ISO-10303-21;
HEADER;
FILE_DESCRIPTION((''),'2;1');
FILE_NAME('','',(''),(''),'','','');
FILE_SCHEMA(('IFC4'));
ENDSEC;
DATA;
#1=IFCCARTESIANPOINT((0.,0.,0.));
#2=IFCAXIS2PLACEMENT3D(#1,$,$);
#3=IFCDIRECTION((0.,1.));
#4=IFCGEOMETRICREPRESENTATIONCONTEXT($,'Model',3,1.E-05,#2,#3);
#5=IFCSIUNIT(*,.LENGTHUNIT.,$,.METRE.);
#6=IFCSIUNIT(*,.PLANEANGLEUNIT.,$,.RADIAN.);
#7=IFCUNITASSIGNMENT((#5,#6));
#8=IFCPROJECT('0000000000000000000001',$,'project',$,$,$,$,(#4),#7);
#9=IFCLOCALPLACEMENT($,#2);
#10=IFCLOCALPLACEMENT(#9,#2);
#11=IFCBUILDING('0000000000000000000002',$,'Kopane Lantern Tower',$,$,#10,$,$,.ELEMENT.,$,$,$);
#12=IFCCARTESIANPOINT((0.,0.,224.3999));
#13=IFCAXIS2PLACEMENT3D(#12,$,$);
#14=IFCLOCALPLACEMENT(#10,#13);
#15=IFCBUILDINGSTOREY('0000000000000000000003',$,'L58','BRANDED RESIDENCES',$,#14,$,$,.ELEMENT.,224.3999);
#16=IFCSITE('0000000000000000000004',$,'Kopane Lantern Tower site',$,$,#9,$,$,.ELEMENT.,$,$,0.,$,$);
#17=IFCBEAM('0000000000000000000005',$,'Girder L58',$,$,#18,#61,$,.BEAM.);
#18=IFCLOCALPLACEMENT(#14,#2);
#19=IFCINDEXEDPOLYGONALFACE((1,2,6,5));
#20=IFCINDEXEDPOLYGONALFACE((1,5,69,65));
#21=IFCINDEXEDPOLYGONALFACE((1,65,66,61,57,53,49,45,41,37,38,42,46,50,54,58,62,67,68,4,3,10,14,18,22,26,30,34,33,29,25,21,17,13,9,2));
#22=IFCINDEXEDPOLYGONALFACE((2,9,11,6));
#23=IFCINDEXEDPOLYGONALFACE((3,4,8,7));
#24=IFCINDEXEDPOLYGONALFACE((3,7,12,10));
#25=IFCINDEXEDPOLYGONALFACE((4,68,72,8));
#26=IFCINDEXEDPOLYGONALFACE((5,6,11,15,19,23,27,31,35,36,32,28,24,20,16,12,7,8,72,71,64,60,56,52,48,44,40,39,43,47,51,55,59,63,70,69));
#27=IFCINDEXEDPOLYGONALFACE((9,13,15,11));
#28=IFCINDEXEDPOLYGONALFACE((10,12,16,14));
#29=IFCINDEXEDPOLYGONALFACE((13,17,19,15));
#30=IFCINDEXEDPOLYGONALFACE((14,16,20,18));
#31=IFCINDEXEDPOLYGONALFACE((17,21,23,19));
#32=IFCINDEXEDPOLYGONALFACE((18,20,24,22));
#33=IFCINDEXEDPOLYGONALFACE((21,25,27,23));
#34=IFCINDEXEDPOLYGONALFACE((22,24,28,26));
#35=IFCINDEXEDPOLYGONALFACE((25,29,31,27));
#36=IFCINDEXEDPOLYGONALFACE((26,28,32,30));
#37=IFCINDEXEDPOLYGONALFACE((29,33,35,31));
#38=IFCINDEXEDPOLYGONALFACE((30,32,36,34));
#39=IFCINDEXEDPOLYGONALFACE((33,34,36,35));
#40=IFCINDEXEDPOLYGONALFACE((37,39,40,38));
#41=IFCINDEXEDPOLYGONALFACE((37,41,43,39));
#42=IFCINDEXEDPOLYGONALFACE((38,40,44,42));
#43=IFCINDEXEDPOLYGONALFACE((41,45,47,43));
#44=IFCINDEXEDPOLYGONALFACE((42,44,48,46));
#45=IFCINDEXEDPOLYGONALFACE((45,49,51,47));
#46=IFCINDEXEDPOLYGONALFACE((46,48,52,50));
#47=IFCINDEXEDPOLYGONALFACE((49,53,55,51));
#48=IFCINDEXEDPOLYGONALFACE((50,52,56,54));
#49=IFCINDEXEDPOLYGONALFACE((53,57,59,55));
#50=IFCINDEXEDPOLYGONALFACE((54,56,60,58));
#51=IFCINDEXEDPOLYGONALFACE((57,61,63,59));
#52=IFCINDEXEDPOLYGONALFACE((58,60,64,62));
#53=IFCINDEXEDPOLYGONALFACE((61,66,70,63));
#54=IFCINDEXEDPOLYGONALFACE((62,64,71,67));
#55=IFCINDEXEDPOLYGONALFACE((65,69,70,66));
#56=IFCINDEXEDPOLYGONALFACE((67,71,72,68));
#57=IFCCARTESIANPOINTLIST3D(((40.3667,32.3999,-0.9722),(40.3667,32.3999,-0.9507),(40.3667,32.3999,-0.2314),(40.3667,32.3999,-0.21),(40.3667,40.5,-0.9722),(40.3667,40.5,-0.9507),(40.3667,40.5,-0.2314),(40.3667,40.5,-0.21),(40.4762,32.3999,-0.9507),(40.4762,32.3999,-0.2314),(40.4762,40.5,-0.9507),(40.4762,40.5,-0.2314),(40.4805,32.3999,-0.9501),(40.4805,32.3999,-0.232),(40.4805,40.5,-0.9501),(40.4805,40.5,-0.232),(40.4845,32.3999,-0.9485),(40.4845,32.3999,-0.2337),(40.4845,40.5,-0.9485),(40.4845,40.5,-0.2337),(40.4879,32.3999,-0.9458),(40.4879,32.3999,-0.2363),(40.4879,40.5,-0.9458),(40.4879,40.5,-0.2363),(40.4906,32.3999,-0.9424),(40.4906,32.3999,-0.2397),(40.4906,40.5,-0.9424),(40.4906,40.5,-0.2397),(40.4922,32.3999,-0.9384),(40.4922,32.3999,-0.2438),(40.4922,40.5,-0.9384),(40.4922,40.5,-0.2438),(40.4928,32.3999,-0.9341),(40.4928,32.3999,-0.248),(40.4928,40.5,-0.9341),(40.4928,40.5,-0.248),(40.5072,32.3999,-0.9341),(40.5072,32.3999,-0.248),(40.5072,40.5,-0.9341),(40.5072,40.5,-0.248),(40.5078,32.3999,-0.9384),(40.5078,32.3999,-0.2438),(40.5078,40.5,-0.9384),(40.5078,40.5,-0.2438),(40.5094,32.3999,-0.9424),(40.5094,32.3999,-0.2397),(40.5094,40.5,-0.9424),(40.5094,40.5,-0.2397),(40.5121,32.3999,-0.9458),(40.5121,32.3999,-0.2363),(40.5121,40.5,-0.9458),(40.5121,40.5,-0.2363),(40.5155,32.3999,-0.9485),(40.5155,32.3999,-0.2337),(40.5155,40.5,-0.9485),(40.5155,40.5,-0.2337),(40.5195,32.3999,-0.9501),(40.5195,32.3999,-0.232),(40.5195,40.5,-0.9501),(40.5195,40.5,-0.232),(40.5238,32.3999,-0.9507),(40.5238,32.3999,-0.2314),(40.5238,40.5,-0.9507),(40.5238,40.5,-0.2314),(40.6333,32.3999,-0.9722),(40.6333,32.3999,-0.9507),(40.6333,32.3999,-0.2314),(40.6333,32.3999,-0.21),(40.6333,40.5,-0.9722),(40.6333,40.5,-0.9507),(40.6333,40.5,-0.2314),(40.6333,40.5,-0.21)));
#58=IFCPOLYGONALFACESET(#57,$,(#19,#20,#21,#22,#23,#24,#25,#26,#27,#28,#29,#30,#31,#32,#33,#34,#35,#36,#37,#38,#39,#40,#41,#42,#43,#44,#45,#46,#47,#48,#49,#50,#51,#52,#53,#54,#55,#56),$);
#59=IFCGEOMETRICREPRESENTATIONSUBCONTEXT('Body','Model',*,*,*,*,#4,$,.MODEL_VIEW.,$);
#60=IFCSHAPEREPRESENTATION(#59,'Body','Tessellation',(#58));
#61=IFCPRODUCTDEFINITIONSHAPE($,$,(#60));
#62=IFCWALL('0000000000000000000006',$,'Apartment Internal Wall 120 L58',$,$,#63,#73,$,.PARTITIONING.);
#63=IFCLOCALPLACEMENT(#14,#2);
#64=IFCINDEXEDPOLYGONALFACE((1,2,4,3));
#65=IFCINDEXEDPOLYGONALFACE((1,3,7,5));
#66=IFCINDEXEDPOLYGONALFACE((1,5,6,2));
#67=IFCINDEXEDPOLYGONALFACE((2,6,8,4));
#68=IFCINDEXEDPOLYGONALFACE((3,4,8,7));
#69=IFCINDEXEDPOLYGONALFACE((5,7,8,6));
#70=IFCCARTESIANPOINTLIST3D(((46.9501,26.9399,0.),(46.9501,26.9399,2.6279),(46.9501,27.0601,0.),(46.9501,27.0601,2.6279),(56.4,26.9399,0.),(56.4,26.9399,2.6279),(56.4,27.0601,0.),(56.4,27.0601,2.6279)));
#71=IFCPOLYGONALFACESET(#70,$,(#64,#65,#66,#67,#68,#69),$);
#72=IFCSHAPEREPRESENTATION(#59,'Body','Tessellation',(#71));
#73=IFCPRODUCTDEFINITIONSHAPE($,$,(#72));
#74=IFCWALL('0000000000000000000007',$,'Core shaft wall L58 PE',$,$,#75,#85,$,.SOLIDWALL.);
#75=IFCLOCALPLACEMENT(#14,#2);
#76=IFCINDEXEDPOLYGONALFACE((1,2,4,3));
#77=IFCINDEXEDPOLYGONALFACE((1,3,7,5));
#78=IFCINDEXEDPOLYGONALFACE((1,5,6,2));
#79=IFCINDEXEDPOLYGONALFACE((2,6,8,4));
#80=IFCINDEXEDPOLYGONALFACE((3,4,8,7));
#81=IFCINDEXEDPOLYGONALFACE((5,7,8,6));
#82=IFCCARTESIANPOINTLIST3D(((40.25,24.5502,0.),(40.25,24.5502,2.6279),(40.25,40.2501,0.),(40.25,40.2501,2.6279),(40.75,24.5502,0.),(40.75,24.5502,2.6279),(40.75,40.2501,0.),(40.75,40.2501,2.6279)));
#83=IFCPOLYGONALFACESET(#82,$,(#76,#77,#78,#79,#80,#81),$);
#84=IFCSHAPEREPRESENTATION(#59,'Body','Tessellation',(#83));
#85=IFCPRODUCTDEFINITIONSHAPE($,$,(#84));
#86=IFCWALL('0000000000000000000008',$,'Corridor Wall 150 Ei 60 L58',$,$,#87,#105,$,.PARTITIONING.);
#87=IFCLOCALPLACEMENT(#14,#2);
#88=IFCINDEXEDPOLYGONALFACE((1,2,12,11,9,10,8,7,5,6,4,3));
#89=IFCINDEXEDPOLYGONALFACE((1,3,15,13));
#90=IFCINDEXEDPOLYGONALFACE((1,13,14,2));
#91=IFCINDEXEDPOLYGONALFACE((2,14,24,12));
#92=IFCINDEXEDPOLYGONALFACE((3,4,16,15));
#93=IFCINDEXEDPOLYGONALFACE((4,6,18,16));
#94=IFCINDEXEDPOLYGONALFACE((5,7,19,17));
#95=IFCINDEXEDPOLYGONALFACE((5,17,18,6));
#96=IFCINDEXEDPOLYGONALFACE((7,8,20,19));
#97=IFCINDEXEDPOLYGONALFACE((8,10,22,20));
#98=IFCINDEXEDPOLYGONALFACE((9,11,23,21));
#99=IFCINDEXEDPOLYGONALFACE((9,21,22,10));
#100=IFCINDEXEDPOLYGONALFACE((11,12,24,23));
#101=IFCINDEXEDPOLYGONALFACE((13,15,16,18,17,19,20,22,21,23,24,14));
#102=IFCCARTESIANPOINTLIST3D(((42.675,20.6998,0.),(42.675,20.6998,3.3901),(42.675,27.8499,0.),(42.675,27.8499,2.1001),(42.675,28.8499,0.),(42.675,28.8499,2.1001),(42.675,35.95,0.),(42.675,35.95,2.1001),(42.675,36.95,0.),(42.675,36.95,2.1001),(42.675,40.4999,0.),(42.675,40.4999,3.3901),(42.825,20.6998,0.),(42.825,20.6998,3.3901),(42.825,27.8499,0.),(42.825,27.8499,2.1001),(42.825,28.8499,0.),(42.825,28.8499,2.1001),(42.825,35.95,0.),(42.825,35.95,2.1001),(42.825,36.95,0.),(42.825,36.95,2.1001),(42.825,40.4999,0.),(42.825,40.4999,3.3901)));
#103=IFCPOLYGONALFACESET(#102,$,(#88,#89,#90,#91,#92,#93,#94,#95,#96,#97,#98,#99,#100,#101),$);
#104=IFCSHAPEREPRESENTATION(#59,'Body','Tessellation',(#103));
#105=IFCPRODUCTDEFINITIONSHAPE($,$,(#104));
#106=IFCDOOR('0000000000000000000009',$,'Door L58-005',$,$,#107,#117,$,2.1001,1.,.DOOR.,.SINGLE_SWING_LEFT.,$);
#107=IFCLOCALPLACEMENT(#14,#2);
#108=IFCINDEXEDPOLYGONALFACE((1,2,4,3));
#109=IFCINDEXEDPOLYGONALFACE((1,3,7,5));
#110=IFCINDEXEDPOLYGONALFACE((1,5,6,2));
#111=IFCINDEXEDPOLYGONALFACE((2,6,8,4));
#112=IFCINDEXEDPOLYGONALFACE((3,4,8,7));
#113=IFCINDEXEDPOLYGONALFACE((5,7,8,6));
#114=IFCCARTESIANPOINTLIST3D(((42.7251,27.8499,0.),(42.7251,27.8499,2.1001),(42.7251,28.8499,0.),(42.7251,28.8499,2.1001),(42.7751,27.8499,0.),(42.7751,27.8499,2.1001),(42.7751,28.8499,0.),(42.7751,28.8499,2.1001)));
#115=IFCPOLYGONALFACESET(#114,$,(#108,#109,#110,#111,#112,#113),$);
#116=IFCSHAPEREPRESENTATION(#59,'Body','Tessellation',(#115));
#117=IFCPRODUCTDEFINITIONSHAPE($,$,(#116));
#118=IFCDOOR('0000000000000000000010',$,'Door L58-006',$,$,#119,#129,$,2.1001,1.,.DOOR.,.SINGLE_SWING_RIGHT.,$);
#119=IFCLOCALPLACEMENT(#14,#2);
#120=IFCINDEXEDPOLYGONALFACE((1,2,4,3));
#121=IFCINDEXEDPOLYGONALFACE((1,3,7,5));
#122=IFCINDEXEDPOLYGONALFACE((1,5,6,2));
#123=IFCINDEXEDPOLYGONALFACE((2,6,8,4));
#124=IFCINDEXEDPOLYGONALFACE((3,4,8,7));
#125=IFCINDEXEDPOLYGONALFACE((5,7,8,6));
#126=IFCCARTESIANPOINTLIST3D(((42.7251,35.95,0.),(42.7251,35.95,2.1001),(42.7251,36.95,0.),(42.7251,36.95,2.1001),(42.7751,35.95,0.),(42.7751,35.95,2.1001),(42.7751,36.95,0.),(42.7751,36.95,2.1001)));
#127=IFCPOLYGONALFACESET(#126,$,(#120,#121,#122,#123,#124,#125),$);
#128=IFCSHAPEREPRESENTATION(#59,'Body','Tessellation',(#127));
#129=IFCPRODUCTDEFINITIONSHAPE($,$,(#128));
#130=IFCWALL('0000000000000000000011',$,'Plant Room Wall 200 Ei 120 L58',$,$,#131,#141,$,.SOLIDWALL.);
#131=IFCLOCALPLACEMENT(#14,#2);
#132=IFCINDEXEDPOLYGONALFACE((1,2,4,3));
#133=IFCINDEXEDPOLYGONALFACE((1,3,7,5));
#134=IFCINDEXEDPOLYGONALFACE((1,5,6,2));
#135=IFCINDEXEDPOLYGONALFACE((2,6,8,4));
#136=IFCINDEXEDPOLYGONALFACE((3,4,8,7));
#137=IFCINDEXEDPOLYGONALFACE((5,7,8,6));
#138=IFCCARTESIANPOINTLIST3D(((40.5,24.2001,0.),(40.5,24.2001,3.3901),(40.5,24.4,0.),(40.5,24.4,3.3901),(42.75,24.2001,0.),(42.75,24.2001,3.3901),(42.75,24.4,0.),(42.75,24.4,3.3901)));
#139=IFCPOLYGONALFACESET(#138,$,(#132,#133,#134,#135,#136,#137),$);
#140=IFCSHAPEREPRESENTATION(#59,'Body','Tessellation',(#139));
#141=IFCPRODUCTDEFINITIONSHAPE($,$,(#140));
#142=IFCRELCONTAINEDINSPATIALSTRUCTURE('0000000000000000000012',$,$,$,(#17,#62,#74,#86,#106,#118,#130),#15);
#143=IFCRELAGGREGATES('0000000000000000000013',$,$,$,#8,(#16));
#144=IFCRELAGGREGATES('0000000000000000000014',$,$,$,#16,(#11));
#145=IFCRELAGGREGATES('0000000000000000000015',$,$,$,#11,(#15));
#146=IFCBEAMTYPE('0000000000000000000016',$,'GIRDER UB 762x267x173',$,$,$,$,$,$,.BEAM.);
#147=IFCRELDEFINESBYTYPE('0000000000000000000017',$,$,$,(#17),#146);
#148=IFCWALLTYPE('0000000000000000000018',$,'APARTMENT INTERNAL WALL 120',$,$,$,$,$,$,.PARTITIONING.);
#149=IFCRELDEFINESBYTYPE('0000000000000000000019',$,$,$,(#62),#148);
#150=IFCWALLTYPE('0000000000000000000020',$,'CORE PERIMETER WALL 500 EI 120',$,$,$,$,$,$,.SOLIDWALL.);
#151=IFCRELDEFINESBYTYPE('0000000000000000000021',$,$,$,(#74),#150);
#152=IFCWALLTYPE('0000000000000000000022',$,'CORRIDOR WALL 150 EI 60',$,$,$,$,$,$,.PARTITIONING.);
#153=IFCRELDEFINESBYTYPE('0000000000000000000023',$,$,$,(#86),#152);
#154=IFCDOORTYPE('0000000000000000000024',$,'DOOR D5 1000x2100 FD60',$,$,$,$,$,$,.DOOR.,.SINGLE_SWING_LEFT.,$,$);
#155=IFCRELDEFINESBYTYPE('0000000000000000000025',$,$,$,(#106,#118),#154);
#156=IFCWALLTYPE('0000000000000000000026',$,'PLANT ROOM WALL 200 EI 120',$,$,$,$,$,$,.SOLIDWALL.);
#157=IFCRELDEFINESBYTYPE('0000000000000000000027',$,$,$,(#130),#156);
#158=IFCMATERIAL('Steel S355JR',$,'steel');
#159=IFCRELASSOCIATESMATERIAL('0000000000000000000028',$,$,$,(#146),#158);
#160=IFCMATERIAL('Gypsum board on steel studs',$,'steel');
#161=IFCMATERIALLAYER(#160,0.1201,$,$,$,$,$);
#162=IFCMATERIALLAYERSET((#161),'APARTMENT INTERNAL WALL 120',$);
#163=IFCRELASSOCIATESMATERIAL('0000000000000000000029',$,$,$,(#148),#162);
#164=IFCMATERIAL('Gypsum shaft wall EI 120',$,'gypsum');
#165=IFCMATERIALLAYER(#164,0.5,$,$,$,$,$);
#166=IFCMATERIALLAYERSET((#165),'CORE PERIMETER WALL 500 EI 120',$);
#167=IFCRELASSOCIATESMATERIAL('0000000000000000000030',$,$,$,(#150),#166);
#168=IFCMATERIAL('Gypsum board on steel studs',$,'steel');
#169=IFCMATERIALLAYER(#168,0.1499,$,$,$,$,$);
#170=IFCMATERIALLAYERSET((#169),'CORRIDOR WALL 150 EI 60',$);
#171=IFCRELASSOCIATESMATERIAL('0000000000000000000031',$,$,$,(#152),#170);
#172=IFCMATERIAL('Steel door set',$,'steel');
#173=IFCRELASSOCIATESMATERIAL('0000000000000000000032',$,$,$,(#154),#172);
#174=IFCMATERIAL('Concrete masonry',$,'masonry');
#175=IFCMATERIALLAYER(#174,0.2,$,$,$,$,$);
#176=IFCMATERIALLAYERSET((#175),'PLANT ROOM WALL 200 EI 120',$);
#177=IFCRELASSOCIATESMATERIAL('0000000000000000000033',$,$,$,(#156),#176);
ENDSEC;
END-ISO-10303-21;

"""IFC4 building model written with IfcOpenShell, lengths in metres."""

from ifc_helpers import new_model, si_unit, direction, frame, frame_2d, origin, origin_2d, place, context, subcontext, project, spatial, rectangle, i_section, extrude, material, layer, layer_set, material_profile, profile_set, type_object, element, fill, save


model = new_model("IFC4")

# Units and contexts
model_context = context("Model", 3, precision=1e-05, world=origin(), true_north=direction((0.0, 1.0)))
body_context = subcontext(model_context, "Body", "Model", "MODEL_VIEW")
ifc_project = project(units=[si_unit("LENGTHUNIT", "METRE"), si_unit("PLANEANGLEUNIT", "RADIAN")], contexts=[model_context])

# Site, building, storey
site_placement = place(None, origin())
site = spatial("IfcSite", under=ifc_project, at=site_placement, Name="Kopane Lantern Tower site", CompositionType="ELEMENT", RefElevation=0.0)
building_placement = place(site_placement, origin())
building = spatial("IfcBuilding", under=site, at=building_placement, Name="Kopane Lantern Tower", CompositionType="ELEMENT")
storey_placement = place(building_placement, frame((0.0, 0.0, 224.3999)))
storey = spatial("IfcBuildingStorey", under=building, at=storey_placement, Name="L58", Description="BRANDED RESIDENCES", CompositionType="ELEMENT", Elevation=224.3999)

# Beam
ifc_material_1 = material(Name="Steel S355JR", Category="steel")
ifc_material_profile_1 = material_profile(ifc_material_1, i_section(OverallWidth=0.2666, OverallDepth=0.7622, WebThickness=0.0144, FlangeThickness=0.0215, FilletRadius=0.0166, at=origin_2d()), Name="UB 762x267x173")
ifc_profile_set_1 = profile_set([ifc_material_profile_1], Name="Steel S355JR")
beam_type = type_object("IfcBeamType", Name="GIRDER UB 762x267x173", PredefinedType="BEAM", material=ifc_profile_set_1)
for number, where, z_axis, x_axis, name in (
    (1, (40.5, 32.3999, -0.5911), (0.0, 1.0, 0.0), (-1.0, 0.0, 0.0), "Girder L58"),
):
    element("IfcBeam", number, at=place(storey_placement, frame(where, z_axis=z_axis, x_axis=x_axis)), inside=storey, type_object=beam_type, Name=name, PredefinedType="BEAM", context=body_context, shape_type="SweptSolid", body=[
        extrude(i_section(OverallWidth=0.2666, OverallDepth=0.7622, WebThickness=0.0144, FlangeThickness=0.0215, FilletRadius=0.0166, at=origin_2d()), origin(), (0.0, 0.0, 1.0), 8.1001),
    ])

# Walls
ifc_material_2 = material(Name="Gypsum board on steel studs", Category="steel")
ifc_layer_1 = layer(ifc_material_2, 0.1201)
ifc_layer_set_1 = layer_set([ifc_layer_1], Name="APARTMENT INTERNAL WALL 120")
wall_type_1 = type_object("IfcWallType", Name="APARTMENT INTERNAL WALL 120", PredefinedType="PARTITIONING", material=ifc_layer_set_1)
wall_1_placement = place(storey_placement, frame((46.95, 27.0, 0.0), z_axis=(0.0, 0.0, 1.0), x_axis=(1.0, 0.0, 0.0)))
element("IfcWall", 2, at=wall_1_placement, inside=storey, type_object=wall_type_1, Name="Apartment Internal Wall 120 L58", PredefinedType="PARTITIONING", context=body_context, shape_type="SweptSolid", body=[
    extrude(rectangle(XDim=9.45, YDim=0.1201, at=frame_2d((4.7251, 0.0))), origin(), (0.0, 0.0, 1.0), 2.6279),
])
ifc_material_3 = material(Name="Gypsum shaft wall EI 120", Category="gypsum")
ifc_layer_2 = layer(ifc_material_3, 0.5)
ifc_layer_set_2 = layer_set([ifc_layer_2], Name="CORE PERIMETER WALL 500 EI 120")
wall_type_2 = type_object("IfcWallType", Name="CORE PERIMETER WALL 500 EI 120", PredefinedType="SOLIDWALL", material=ifc_layer_set_2)
wall_2_placement = place(storey_placement, frame((40.5, 24.55, 0.0), z_axis=(0.0, 0.0, 1.0), x_axis=(0.0, 1.0, 0.0)))
element("IfcWall", 3, at=wall_2_placement, inside=storey, type_object=wall_type_2, Name="Core shaft wall L58 PE", PredefinedType="SOLIDWALL", context=body_context, shape_type="SweptSolid", body=[
    extrude(rectangle(XDim=15.7, YDim=0.5, at=frame_2d((7.8501, 0.0))), origin(), (0.0, 0.0, 1.0), 2.6279),
])

# Wall, openings, doors
ifc_material_4 = material(Name="Gypsum board on steel studs", Category="steel")
ifc_layer_3 = layer(ifc_material_4, 0.1499)
ifc_layer_set_3 = layer_set([ifc_layer_3], Name="CORRIDOR WALL 150 EI 60")
wall_type_3 = type_object("IfcWallType", Name="CORRIDOR WALL 150 EI 60", PredefinedType="PARTITIONING", material=ifc_layer_set_3)
wall_3_placement = place(storey_placement, frame((42.75, 20.7, 0.0), z_axis=(0.0, 0.0, 1.0), x_axis=(0.0, 1.0, 0.0)))
wall_3 = element("IfcWall", 4, at=wall_3_placement, inside=storey, type_object=wall_type_3, Name="Corridor Wall 150 Ei 60 L58", PredefinedType="PARTITIONING", context=body_context, shape_type="SweptSolid", body=[
    extrude(rectangle(XDim=19.8, YDim=0.1499, at=frame_2d((9.8999, 0.0))), origin(), (0.0, 0.0, 1.0), 3.3901),
])
opening_1_placement = place(wall_3_placement, frame((7.1499, 0.0, 0.0)))
opening_1 = element("IfcOpeningElement", 5, at=opening_1_placement, cuts=wall_3, PredefinedType="OPENING", context=body_context, shape_type="SweptSolid", body=[
    extrude(rectangle(XDim=1.0, YDim=2.1001, at=frame_2d((0.5, 1.05))), frame((0.0, 0.085, 0.0), z_axis=(0.0, -1.0, 0.0), x_axis=(1.0, 0.0, 0.0)), (0.0, 0.0, 1.0), 0.1699),
])
opening_2_placement = place(wall_3_placement, frame((15.25, 0.0, 0.0)))
opening_2 = element("IfcOpeningElement", 6, at=opening_2_placement, cuts=wall_3, PredefinedType="OPENING", context=body_context, shape_type="SweptSolid", body=[
    extrude(rectangle(XDim=1.0, YDim=2.1001, at=frame_2d((0.5, 1.05))), frame((0.0, 0.085, 0.0), z_axis=(0.0, -1.0, 0.0), x_axis=(1.0, 0.0, 0.0)), (0.0, 0.0, 1.0), 0.1699),
])
ifc_material_5 = material(Name="Steel door set", Category="steel")
door_type = type_object("IfcDoorType", Name="DOOR D5 1000x2100 FD60", OperationType="SINGLE_SWING_LEFT", PredefinedType="DOOR", material=ifc_material_5)
door_1_placement = place(opening_1_placement, origin())
door_1 = element("IfcDoor", 7, at=door_1_placement, inside=storey, type_object=door_type, Name="Door L58-005", OperationType="SINGLE_SWING_LEFT", OverallHeight=2.1001, OverallWidth=1.0, PredefinedType="DOOR", context=body_context, shape_type="SweptSolid", body=[
    extrude(rectangle(XDim=1.0, YDim=2.1001, at=frame_2d((0.5, 1.05))), frame((0.0, 0.0249, 0.0), z_axis=(0.0, -1.0, 0.0), x_axis=(1.0, 0.0, 0.0)), (0.0, 0.0, 1.0), 0.05),
])
fill(opening_1, door_1)
door_2_placement = place(opening_2_placement, origin())
door_2 = element("IfcDoor", 8, at=door_2_placement, inside=storey, type_object=door_type, Name="Door L58-006", OperationType="SINGLE_SWING_RIGHT", OverallHeight=2.1001, OverallWidth=1.0, PredefinedType="DOOR", context=body_context, shape_type="SweptSolid", body=[
    extrude(rectangle(XDim=1.0, YDim=2.1001, at=frame_2d((0.5, 1.05))), frame((0.0, 0.0249, 0.0), z_axis=(0.0, -1.0, 0.0), x_axis=(1.0, 0.0, 0.0)), (0.0, 0.0, 1.0), 0.05),
])
fill(opening_2, door_2)

# Wall
ifc_material_6 = material(Name="Concrete masonry", Category="masonry")
ifc_layer_4 = layer(ifc_material_6, 0.2)
ifc_layer_set_4 = layer_set([ifc_layer_4], Name="PLANT ROOM WALL 200 EI 120")
wall_type_4 = type_object("IfcWallType", Name="PLANT ROOM WALL 200 EI 120", PredefinedType="SOLIDWALL", material=ifc_layer_set_4)
wall_4_placement = place(storey_placement, frame((40.5, 24.3, 0.0), z_axis=(0.0, 0.0, 1.0), x_axis=(1.0, 0.0, 0.0)))
element("IfcWall", 9, at=wall_4_placement, inside=storey, type_object=wall_type_4, Name="Plant Room Wall 200 Ei 120 L58", PredefinedType="SOLIDWALL", context=body_context, shape_type="SweptSolid", body=[
    extrude(rectangle(XDim=2.25, YDim=0.2, at=frame_2d((1.125, 0.0))), origin(), (0.0, 0.0, 1.0), 3.3901),
])

save(model, "model.ifc")
